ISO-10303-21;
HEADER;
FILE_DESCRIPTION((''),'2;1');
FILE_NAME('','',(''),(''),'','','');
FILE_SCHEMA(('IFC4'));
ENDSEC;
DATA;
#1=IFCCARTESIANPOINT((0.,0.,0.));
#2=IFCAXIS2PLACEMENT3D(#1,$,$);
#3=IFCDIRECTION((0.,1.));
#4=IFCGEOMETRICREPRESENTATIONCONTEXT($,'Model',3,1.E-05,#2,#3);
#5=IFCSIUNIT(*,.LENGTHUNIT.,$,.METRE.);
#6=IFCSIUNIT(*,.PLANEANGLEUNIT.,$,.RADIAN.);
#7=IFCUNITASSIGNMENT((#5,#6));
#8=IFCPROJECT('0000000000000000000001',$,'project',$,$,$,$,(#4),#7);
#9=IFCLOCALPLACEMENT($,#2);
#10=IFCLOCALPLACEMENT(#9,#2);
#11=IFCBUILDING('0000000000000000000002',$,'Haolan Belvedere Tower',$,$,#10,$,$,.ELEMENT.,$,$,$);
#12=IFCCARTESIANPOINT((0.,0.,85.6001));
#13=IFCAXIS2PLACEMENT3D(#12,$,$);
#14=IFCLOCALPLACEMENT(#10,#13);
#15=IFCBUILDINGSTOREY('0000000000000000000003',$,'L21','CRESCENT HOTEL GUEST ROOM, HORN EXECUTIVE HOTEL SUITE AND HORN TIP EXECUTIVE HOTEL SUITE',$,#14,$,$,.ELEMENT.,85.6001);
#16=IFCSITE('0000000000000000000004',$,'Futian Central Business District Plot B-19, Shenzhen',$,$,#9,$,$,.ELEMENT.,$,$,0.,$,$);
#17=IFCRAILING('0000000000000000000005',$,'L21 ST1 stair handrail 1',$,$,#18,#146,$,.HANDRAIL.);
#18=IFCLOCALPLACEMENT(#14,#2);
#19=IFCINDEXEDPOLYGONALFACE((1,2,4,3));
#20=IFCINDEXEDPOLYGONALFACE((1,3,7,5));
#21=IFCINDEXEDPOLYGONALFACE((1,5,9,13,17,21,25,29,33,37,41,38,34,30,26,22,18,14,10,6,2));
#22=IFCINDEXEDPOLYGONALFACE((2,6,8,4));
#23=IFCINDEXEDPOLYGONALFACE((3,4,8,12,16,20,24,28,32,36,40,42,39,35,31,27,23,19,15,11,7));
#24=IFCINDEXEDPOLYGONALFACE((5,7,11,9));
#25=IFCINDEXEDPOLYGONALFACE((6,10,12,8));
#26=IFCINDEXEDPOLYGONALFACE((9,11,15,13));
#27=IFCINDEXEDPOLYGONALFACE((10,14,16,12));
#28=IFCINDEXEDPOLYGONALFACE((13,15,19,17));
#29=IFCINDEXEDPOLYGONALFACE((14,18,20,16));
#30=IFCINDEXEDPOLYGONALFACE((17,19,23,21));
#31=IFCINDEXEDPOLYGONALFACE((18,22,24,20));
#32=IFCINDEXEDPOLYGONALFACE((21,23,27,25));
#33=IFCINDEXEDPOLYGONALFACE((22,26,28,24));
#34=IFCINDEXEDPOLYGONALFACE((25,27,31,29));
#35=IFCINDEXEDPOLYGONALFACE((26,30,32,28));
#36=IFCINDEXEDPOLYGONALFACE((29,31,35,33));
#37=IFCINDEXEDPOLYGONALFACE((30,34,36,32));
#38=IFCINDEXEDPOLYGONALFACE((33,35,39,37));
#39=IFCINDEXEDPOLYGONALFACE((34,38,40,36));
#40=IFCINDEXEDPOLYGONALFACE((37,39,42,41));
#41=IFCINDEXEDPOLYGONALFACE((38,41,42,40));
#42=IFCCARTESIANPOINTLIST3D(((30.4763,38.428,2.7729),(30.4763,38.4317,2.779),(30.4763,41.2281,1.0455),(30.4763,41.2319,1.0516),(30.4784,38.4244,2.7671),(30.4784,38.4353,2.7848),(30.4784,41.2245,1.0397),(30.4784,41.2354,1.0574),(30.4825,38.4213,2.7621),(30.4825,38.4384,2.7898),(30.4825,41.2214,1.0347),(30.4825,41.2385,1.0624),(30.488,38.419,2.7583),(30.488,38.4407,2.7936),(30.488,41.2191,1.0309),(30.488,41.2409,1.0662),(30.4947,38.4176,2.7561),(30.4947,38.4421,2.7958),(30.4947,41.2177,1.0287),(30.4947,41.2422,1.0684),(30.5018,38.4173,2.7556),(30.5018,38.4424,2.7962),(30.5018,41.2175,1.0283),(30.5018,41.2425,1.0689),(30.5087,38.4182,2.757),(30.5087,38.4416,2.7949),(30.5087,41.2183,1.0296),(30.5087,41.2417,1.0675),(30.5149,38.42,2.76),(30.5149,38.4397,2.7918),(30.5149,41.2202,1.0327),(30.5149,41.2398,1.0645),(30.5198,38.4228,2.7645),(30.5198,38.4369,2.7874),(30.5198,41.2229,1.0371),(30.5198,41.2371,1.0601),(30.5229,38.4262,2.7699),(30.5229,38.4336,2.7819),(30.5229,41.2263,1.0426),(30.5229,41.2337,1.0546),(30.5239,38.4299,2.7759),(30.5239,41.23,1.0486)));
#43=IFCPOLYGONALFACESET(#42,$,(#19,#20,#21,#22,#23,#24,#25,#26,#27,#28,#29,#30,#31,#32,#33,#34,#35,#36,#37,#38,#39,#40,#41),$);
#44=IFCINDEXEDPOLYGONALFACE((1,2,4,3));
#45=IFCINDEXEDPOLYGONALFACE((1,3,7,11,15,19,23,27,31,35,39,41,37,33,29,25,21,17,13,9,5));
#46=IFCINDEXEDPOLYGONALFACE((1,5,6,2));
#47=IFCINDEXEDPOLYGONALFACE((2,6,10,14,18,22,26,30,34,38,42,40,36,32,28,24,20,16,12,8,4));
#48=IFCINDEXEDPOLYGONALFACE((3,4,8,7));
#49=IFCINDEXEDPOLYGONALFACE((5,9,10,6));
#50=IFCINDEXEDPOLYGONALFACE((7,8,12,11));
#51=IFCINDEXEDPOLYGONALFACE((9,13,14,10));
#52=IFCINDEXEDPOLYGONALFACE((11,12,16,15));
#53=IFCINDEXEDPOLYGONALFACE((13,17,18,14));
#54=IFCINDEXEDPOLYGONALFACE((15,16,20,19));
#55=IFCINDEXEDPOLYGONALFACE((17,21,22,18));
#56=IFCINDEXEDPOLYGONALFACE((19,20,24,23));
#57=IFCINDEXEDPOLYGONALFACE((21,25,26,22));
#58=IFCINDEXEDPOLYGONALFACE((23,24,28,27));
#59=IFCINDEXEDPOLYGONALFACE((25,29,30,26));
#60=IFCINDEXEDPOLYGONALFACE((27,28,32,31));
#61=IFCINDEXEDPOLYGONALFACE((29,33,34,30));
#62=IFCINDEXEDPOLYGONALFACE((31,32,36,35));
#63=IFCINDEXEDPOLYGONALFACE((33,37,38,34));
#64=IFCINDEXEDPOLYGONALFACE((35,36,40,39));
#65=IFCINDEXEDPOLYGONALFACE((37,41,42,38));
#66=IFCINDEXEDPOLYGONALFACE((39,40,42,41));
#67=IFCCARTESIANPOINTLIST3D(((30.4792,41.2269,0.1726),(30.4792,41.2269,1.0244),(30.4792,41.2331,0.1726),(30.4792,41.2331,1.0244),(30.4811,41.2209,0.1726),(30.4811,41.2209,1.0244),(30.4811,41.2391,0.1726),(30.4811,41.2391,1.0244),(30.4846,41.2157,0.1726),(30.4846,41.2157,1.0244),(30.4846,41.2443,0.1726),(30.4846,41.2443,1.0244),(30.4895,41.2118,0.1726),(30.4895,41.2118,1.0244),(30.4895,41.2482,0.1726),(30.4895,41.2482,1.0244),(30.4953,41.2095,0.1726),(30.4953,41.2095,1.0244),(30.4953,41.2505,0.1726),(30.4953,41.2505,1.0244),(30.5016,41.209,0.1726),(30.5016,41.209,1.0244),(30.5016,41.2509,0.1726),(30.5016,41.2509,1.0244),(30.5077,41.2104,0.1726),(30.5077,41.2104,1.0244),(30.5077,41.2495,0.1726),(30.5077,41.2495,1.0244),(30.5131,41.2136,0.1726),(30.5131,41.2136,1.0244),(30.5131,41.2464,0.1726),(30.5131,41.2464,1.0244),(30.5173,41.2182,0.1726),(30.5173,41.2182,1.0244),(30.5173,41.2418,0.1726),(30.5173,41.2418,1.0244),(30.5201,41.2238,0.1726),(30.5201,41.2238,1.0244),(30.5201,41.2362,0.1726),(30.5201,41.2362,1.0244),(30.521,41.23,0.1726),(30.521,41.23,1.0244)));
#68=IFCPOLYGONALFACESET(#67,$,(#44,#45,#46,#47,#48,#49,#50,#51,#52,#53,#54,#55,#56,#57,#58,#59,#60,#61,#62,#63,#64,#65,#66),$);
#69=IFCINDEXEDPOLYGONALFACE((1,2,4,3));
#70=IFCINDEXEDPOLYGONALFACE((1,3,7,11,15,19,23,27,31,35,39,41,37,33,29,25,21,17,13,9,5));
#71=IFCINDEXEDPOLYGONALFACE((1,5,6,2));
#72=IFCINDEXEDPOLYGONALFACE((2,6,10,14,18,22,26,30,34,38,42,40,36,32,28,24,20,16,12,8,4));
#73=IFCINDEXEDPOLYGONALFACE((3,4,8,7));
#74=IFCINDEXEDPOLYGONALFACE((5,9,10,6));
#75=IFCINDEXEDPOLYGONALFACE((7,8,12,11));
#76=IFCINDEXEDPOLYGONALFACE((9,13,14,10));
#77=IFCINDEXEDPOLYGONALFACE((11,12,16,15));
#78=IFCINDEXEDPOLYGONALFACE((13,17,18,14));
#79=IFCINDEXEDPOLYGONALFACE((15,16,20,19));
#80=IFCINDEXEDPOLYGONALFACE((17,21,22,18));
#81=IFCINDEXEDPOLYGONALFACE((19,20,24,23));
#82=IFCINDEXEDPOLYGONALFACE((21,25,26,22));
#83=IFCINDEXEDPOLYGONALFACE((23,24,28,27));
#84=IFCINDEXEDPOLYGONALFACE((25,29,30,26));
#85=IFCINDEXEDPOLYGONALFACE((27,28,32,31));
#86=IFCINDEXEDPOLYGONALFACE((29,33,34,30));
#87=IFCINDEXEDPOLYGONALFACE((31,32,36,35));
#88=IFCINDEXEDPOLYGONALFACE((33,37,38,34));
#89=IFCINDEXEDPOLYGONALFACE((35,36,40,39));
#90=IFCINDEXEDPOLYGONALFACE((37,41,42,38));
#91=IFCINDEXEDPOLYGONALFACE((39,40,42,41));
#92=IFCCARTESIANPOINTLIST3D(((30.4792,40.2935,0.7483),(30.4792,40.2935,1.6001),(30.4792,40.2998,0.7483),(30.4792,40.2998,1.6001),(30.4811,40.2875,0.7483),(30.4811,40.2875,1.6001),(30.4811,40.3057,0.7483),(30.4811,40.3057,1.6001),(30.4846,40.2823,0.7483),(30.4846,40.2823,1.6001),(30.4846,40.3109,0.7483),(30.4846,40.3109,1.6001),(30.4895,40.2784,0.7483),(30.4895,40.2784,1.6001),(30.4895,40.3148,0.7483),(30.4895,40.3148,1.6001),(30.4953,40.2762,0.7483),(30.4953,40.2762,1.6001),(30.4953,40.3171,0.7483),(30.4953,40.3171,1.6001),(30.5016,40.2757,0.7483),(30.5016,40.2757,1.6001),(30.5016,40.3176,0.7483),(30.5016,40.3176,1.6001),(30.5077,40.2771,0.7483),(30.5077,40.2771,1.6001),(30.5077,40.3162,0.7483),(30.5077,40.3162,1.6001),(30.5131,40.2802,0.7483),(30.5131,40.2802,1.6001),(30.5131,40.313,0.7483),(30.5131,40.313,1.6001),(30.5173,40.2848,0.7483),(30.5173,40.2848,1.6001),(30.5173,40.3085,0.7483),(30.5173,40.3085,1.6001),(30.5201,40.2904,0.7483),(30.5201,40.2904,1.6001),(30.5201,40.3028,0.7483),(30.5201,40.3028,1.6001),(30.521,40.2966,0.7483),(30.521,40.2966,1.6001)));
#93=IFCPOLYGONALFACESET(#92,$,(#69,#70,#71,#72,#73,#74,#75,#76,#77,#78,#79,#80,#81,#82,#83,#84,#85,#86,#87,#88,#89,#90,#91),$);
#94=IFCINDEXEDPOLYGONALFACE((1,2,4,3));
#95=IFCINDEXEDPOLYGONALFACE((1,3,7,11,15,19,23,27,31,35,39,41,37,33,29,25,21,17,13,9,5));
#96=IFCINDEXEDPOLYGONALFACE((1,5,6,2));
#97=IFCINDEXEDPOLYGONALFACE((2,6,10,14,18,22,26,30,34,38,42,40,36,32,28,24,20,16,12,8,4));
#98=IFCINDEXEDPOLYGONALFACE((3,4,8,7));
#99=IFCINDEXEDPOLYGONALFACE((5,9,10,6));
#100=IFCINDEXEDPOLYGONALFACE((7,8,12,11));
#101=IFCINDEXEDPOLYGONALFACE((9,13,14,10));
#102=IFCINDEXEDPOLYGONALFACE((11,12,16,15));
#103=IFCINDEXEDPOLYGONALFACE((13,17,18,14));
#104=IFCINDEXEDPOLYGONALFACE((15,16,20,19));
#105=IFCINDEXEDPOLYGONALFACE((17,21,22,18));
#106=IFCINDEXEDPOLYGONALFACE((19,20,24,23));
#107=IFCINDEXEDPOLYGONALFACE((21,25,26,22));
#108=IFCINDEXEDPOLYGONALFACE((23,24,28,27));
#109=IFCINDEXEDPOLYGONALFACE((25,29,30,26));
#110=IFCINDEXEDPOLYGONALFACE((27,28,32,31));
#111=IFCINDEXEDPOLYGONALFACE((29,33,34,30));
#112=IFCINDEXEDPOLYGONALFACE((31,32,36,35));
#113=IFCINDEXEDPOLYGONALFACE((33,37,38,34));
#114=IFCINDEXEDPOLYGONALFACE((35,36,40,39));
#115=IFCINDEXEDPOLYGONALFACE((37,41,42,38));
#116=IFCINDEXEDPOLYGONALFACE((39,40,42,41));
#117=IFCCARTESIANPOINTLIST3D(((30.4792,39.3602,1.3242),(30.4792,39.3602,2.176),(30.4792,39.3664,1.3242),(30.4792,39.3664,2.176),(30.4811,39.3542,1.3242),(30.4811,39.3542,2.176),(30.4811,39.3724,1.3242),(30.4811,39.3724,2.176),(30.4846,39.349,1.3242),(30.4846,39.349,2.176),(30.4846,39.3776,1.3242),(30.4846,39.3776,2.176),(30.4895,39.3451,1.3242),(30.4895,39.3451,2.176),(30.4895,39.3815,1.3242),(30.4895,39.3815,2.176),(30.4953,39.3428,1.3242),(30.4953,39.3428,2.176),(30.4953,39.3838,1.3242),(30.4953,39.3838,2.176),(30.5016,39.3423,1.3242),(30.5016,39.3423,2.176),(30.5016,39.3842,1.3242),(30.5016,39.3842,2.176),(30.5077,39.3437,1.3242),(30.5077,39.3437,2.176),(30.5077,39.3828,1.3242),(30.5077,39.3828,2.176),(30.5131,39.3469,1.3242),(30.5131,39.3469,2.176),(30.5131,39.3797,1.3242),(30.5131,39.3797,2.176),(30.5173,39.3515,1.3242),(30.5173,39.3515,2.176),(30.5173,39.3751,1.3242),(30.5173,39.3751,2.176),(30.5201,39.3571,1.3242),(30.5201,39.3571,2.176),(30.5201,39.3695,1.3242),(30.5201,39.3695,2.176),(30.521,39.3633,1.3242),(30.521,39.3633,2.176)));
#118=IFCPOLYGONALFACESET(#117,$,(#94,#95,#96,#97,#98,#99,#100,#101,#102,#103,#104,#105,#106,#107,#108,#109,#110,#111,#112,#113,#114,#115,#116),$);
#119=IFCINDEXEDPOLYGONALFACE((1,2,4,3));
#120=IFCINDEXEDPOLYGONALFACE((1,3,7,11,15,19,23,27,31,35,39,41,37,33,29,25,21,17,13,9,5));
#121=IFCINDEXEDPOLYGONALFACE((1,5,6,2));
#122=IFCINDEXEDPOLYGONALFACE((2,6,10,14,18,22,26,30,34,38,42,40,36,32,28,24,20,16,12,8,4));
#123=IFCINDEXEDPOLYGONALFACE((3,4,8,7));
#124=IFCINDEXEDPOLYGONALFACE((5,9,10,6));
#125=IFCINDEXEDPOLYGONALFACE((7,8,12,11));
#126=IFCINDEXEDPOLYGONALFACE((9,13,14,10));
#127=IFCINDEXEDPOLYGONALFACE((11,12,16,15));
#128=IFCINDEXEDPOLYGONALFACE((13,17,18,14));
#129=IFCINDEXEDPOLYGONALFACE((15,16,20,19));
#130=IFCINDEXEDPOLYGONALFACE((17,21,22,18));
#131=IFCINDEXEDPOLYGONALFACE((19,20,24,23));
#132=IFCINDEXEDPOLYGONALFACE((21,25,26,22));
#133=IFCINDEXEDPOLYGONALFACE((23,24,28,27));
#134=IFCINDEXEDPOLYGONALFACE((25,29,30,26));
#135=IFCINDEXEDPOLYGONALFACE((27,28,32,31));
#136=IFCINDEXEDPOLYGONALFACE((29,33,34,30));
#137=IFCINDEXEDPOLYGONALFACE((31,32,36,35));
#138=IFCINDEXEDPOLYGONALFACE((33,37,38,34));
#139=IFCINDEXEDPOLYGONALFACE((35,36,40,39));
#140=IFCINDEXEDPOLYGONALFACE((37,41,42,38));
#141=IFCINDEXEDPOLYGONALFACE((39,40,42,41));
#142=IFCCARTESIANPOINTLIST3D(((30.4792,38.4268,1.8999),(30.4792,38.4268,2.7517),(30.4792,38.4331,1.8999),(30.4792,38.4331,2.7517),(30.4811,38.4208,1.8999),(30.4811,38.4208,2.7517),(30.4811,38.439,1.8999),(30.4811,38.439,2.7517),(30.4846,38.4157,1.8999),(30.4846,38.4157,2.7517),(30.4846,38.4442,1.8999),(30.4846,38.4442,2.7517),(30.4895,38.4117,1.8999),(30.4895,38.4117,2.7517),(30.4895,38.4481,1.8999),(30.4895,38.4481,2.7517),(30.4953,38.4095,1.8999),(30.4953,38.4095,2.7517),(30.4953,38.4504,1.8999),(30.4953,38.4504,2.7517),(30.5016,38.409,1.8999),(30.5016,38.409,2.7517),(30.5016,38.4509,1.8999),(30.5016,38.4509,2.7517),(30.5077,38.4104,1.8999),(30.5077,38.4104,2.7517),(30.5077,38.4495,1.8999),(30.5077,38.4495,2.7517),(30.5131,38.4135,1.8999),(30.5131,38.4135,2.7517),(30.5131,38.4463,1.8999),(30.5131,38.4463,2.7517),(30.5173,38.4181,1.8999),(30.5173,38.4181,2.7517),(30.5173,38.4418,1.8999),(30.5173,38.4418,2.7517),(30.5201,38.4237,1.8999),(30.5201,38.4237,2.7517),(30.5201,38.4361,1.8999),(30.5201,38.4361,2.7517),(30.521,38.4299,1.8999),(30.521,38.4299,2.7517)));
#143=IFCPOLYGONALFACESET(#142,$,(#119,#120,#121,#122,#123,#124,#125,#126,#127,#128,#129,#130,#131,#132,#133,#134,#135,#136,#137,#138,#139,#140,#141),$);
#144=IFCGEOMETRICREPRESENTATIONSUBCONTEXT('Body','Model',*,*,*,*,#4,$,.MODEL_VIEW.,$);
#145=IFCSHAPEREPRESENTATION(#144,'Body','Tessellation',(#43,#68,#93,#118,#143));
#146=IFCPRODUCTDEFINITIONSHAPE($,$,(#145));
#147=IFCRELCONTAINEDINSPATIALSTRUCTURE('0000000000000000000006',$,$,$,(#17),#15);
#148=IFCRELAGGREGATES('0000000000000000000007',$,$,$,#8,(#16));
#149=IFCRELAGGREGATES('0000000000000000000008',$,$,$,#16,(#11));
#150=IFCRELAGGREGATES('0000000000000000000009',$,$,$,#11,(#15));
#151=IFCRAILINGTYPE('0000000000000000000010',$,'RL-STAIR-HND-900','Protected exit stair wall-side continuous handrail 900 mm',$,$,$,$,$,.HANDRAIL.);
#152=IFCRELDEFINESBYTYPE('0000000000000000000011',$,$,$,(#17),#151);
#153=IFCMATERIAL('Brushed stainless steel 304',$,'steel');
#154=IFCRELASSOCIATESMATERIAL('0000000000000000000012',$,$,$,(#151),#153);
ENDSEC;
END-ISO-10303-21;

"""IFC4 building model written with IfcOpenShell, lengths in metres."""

from ifc_helpers import new_model, si_unit, direction, frame, origin, origin_2d, place, context, subcontext, project, spatial, circle, extrude, material, type_object, element, save


model = new_model("IFC4")

# Units and contexts
model_context = context("Model", 3, precision=1e-05, world=origin(), true_north=direction((0.0, 1.0)))
body_context = subcontext(model_context, "Body", "Model", "MODEL_VIEW")
ifc_project = project(units=[si_unit("LENGTHUNIT", "METRE"), si_unit("PLANEANGLEUNIT", "RADIAN")], contexts=[model_context])

# Site, building, storey
site_placement = place(None, origin())
site = spatial("IfcSite", under=ifc_project, at=site_placement, Name="Futian Central Business District Plot B-19, Shenzhen", CompositionType="ELEMENT", RefElevation=0.0)
building_placement = place(site_placement, origin())
building = spatial("IfcBuilding", under=site, at=building_placement, Name="Haolan Belvedere Tower", CompositionType="ELEMENT")
storey_placement = place(building_placement, frame((0.0, 0.0, 85.6001)))
storey = spatial("IfcBuildingStorey", under=building, at=storey_placement, Name="L21", Description="CRESCENT HOTEL GUEST ROOM, HORN EXECUTIVE HOTEL SUITE AND HORN TIP EXECUTIVE HOTEL SUITE", CompositionType="ELEMENT", Elevation=85.6001)

# Railing
ifc_material_1 = material(Name="Brushed stainless steel 304", Category="steel")
railing_type_1 = type_object("IfcRailingType", Name="RL-STAIR-HND-900", Description="Protected exit stair wall-side continuous handrail 900 mm", PredefinedType="HANDRAIL", material=ifc_material_1)
railing_1_placement = place(storey_placement, frame((30.5, 41.23, 0.1726)))
element("IfcRailing", 1, at=railing_1_placement, inside=storey, type_object=railing_type_1, Name="L21 ST1 stair handrail 1", PredefinedType="HANDRAIL", context=body_context, shape_type="SweptSolid", body=[
    extrude(circle(Radius=0.0239, at=origin_2d()), frame((0.0, 0.0, 0.876), z_axis=(0.0, -0.85109, 0.52502), x_axis=(1.0, 0.0, 0.0)), (0.0, 0.0, 1.0), 3.29),
    extrude(circle(Radius=0.021, at=origin_2d()), origin(), (0.0, 0.0, 1.0), 0.8518),
    extrude(circle(Radius=0.021, at=origin_2d()), frame((0.0, -0.9333, 0.5757)), (0.0, 0.0, 1.0), 0.8518),
    extrude(circle(Radius=0.021, at=origin_2d()), frame((0.0, -1.8667, 1.1516)), (0.0, 0.0, 1.0), 0.8518),
    extrude(circle(Radius=0.021, at=origin_2d()), frame((0.0, -2.8, 1.7273)), (0.0, 0.0, 1.0), 0.8518),
])

save(model, "model.ifc")
